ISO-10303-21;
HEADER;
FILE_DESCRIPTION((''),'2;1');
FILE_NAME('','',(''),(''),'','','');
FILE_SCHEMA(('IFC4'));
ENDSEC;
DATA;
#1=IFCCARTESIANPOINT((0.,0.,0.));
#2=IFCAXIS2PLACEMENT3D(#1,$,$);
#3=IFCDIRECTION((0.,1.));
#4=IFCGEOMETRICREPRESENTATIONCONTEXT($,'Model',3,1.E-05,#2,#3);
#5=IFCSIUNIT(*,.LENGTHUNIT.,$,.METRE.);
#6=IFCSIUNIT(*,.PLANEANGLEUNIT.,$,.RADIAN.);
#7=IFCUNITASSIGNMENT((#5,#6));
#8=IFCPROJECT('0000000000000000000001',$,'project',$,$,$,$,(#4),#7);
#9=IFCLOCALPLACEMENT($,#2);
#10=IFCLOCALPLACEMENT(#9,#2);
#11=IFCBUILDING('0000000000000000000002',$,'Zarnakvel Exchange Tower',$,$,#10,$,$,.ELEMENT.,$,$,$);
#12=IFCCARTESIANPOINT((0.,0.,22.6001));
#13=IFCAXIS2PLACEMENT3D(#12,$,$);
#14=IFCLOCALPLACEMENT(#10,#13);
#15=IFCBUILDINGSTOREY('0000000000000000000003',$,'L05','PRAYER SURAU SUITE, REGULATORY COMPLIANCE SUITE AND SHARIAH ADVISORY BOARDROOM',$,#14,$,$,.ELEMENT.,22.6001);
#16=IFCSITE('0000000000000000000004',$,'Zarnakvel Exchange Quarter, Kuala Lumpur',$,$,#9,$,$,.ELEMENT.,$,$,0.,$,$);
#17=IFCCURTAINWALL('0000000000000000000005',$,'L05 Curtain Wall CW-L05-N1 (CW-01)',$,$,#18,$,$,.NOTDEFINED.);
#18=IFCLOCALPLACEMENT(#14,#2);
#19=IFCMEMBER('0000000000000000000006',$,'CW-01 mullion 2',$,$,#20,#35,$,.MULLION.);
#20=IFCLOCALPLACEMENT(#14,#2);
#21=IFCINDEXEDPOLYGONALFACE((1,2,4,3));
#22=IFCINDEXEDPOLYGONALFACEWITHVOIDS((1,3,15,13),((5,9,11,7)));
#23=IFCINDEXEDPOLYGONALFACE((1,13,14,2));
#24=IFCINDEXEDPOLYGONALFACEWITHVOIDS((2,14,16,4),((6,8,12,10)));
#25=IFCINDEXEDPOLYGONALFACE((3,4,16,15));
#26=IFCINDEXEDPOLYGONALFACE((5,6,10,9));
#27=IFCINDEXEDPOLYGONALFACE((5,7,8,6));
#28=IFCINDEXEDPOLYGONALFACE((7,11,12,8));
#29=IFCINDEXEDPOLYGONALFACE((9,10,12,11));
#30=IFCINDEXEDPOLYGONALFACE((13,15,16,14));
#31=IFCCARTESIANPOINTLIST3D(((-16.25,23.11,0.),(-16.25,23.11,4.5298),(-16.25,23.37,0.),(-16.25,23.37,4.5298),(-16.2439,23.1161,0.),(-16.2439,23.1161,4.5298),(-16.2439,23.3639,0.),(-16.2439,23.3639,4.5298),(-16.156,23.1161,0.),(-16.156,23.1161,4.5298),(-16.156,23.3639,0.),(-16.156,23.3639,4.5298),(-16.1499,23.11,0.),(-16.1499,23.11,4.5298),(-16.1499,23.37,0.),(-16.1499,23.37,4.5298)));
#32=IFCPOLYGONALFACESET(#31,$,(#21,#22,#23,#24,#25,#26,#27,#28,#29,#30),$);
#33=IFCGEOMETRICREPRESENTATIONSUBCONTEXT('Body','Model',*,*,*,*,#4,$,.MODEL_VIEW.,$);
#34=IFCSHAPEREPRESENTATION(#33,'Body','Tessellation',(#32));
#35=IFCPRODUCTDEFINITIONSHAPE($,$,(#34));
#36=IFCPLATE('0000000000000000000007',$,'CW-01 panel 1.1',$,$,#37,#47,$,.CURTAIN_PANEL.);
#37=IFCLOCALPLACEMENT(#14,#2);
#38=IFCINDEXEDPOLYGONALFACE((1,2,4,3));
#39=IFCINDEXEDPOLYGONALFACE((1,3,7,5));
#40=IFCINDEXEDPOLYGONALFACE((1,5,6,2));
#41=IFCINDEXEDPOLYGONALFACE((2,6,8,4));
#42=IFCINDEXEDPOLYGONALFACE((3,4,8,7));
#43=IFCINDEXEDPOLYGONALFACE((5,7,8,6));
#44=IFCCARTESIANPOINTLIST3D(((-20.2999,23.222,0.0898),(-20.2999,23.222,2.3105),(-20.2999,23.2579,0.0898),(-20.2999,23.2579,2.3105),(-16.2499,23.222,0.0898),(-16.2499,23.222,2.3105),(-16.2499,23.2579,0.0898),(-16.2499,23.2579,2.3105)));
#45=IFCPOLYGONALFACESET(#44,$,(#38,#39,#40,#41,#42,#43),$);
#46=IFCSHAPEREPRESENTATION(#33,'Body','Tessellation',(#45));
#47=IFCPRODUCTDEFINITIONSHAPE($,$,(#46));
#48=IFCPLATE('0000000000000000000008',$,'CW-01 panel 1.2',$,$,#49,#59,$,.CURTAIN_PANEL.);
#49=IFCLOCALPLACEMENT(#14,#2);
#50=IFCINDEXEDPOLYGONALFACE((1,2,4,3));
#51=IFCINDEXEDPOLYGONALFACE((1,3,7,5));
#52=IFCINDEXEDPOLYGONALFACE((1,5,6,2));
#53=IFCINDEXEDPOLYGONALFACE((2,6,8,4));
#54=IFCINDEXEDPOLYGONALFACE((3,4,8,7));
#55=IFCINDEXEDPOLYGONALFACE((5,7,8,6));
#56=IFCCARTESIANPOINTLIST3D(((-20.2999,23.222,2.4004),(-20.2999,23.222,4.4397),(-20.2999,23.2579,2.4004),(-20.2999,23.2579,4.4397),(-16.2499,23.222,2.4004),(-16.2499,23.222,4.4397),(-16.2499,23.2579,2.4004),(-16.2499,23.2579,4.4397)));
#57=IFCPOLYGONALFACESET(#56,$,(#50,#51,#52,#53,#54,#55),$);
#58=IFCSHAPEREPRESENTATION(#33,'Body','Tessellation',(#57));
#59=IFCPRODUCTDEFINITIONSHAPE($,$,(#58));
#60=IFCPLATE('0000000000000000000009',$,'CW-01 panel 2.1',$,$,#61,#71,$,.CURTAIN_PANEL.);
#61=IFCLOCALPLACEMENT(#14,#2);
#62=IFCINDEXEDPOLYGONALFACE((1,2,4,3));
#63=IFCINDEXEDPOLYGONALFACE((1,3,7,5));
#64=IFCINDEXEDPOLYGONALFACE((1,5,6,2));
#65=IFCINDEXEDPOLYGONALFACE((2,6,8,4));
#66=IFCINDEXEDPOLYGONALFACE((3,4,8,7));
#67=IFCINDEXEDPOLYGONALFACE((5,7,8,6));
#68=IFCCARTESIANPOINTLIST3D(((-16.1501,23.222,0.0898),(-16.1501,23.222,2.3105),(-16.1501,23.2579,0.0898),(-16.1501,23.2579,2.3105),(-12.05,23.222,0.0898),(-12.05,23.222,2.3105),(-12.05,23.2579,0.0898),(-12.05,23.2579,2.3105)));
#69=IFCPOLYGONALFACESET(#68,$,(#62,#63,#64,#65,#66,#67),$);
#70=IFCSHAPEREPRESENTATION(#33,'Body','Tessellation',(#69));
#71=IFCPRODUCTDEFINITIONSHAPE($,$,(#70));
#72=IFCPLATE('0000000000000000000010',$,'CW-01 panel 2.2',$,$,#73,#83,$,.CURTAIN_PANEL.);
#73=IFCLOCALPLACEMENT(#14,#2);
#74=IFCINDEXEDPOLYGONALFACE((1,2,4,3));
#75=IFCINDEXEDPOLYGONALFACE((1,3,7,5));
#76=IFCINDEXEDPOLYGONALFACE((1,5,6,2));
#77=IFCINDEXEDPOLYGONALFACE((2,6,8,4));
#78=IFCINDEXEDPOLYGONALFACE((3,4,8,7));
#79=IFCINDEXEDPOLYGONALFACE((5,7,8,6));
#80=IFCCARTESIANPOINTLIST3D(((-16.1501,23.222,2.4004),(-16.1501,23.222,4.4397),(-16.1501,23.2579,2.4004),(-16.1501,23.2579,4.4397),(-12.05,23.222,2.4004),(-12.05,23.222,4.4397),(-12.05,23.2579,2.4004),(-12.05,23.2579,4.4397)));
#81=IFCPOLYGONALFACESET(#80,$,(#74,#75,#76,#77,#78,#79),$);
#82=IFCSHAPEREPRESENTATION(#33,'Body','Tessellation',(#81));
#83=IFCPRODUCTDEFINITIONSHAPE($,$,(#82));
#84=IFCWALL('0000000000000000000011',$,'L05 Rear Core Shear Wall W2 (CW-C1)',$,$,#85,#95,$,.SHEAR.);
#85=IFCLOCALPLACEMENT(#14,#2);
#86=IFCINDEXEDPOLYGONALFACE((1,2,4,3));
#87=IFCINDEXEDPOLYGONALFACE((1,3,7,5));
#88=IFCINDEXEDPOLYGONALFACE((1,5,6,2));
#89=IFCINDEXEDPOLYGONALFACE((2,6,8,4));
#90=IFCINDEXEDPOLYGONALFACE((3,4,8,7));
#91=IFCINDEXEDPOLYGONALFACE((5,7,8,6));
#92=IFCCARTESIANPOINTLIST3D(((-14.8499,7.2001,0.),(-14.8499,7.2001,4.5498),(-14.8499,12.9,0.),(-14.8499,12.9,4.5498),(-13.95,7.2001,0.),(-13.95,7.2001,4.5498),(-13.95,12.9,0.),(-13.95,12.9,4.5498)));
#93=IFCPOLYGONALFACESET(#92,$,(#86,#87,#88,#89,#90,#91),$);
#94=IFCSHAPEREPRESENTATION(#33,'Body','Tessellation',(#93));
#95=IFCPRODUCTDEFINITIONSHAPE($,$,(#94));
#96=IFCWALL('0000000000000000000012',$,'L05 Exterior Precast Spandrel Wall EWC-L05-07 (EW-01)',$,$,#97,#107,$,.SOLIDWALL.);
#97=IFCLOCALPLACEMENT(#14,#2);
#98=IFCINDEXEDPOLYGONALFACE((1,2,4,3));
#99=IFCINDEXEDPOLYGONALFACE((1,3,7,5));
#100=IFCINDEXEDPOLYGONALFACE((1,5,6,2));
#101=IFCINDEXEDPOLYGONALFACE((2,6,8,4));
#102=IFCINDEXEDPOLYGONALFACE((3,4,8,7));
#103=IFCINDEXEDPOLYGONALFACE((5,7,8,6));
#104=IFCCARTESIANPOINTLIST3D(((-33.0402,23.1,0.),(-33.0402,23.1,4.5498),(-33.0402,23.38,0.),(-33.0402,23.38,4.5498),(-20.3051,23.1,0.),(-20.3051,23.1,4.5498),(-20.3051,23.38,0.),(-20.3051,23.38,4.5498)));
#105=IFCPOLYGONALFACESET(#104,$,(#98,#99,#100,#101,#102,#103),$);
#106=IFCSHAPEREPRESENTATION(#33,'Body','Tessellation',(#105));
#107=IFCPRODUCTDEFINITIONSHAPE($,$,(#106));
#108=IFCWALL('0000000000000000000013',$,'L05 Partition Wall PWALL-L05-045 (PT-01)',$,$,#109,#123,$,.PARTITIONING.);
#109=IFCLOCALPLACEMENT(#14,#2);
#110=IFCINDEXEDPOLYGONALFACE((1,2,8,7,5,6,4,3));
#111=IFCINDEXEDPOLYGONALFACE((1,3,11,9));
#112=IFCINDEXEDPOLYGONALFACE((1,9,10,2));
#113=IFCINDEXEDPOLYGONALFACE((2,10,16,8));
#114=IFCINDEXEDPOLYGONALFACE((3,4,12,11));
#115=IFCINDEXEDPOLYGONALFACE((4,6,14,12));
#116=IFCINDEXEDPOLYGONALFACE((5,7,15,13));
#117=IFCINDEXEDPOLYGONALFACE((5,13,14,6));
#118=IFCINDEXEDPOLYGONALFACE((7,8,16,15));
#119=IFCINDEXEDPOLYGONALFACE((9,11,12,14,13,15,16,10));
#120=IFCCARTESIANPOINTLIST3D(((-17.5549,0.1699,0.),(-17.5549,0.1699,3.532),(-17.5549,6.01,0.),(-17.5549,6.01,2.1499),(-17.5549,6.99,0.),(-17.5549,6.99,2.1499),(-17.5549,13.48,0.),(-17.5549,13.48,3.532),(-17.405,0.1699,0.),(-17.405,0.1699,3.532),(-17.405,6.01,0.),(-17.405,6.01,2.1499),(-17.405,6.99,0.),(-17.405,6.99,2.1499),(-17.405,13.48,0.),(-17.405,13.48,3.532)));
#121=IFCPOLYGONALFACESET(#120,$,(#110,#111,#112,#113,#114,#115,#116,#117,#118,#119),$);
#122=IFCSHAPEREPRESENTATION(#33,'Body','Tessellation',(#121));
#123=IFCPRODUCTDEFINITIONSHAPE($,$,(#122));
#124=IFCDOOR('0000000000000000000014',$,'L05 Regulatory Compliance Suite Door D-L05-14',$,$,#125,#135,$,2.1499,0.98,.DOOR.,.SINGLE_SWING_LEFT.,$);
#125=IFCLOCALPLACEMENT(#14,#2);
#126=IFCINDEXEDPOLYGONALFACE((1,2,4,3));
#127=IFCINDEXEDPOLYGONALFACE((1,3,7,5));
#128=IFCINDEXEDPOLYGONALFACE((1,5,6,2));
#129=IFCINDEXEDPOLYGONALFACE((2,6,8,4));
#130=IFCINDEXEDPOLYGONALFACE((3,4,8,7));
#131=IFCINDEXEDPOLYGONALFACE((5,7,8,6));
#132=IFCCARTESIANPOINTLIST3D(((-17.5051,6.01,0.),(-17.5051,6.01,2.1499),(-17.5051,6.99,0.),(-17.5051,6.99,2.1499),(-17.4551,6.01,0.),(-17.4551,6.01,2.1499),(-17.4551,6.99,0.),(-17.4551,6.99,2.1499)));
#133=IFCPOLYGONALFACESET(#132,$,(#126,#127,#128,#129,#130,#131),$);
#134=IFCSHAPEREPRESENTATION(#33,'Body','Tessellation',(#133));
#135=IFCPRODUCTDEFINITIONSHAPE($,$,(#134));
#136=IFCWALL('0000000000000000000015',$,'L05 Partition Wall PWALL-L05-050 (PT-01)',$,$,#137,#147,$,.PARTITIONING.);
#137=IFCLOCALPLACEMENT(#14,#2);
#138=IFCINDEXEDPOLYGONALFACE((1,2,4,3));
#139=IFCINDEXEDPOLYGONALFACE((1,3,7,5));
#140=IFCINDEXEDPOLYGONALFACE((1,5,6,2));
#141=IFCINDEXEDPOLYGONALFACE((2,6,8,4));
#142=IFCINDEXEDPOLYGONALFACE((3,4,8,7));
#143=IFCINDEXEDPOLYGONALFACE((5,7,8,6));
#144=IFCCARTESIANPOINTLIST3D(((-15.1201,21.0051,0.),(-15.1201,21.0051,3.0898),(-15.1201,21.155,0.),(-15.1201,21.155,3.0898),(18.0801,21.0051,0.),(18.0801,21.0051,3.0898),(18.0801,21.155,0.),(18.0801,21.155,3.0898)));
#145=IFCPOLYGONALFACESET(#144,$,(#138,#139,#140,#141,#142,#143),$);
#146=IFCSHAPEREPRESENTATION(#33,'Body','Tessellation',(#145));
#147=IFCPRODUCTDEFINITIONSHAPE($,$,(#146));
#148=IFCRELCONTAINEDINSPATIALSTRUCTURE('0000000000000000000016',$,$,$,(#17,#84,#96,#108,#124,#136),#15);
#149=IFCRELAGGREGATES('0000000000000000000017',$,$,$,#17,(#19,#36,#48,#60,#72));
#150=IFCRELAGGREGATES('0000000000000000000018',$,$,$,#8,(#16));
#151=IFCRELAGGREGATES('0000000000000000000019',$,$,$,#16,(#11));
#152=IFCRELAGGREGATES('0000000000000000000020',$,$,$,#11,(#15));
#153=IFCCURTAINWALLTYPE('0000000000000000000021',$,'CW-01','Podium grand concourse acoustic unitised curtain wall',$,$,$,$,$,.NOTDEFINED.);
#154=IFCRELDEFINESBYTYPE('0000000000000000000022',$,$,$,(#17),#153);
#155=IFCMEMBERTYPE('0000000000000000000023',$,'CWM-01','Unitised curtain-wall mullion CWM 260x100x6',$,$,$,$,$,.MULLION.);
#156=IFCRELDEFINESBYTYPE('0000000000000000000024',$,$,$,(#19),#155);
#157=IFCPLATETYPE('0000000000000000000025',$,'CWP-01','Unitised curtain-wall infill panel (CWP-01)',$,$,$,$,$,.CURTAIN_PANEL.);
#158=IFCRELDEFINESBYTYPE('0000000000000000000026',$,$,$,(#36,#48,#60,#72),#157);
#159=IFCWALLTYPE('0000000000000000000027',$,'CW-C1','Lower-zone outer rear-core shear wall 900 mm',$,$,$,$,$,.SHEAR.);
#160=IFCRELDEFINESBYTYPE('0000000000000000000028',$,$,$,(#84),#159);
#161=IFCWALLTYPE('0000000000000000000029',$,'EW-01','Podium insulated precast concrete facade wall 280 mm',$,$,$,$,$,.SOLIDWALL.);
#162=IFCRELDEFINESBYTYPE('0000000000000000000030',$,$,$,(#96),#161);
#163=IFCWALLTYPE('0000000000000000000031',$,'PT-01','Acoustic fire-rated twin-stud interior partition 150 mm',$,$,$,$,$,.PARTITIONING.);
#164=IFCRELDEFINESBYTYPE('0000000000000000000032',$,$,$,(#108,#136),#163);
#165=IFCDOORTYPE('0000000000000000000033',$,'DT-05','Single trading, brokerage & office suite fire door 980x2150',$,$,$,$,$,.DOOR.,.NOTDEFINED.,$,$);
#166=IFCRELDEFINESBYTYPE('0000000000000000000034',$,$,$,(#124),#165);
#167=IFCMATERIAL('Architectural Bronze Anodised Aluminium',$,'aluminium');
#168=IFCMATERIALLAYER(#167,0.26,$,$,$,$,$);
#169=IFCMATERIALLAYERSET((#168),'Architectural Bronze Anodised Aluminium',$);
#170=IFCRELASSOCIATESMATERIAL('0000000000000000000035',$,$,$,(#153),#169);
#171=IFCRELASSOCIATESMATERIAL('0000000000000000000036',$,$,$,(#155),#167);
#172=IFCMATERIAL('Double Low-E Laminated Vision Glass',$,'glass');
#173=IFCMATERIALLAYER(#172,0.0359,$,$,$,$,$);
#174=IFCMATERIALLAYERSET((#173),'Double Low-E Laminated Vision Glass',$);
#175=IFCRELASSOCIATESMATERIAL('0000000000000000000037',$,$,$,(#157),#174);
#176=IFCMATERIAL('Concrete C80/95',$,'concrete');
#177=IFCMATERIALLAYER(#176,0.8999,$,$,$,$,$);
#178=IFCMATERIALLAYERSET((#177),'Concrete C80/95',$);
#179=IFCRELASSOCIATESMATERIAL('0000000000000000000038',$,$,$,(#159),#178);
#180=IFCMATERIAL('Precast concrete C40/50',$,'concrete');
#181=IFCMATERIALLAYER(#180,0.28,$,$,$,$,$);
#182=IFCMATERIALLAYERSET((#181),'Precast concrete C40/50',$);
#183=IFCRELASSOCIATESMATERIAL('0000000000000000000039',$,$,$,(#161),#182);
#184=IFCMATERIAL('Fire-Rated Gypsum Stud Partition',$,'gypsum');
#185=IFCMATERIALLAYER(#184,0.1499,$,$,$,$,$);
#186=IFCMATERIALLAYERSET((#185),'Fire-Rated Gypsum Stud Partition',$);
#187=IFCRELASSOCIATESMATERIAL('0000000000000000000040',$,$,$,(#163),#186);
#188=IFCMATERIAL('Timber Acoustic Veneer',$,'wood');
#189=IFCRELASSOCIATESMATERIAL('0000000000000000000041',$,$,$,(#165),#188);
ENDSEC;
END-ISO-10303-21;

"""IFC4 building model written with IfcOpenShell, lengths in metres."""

from ifc_helpers import new_model, si_unit, direction, frame, frame_2d, origin, origin_2d, place, context, subcontext, project, spatial, rectangle, hollow_rectangle, extrude, source, transform, mapped, material, layer, layer_set, material_profile, profile_set, type_object, element, fill, aggregate, save


model = new_model("IFC4")

# Units and contexts
model_context = context("Model", 3, precision=1e-05, world=origin(), true_north=direction((0.0, 1.0)))
body_context = subcontext(model_context, "Body", "Model", "MODEL_VIEW")
ifc_project = project(units=[si_unit("LENGTHUNIT", "METRE"), si_unit("PLANEANGLEUNIT", "RADIAN")], contexts=[model_context])

# Site, building, storey
site_placement = place(None, origin())
site = spatial("IfcSite", under=ifc_project, at=site_placement, Name="Zarnakvel Exchange Quarter, Kuala Lumpur", CompositionType="ELEMENT", RefElevation=0.0)
building_placement = place(site_placement, origin())
building = spatial("IfcBuilding", under=site, at=building_placement, Name="Zarnakvel Exchange Tower", CompositionType="ELEMENT")
storey_placement = place(building_placement, frame((0.0, 0.0, 22.6001)))
storey = spatial("IfcBuildingStorey", under=building, at=storey_placement, Name="L05", Description="PRAYER SURAU SUITE, REGULATORY COMPLIANCE SUITE AND SHARIAH ADVISORY BOARDROOM", CompositionType="ELEMENT", Elevation=22.6001)

# Shared definitions
ifc_material_1 = material(Name="Concrete C80/95", Category="concrete")

# Curtain wall, member, plates
ifc_material_2 = material(Name="Architectural Bronze Anodised Aluminium", Category="aluminium")
ifc_layer_1 = layer(ifc_material_2, 0.26)
ifc_layer_set_1 = layer_set([ifc_layer_1], Name="Architectural Bronze Anodised Aluminium")
curtain_wall_type = type_object("IfcCurtainWallType", Name="CW-01", Description="Podium grand concourse acoustic unitised curtain wall", PredefinedType="NOTDEFINED", material=ifc_layer_set_1)
curtain_wall_placement = place(storey_placement, origin())
curtain_wall = element("IfcCurtainWall", 1, at=curtain_wall_placement, inside=storey, type_object=curtain_wall_type, Name="L05 Curtain Wall CW-L05-N1 (CW-01)", PredefinedType="NOTDEFINED")
ifc_material_profile_1 = material_profile(ifc_material_2, hollow_rectangle(XDim=0.26, YDim=0.1001, WallThickness=0.0061, at=origin_2d()))
ifc_profile_set_1 = profile_set([ifc_material_profile_1], Name="Architectural Bronze Anodised Aluminium")
member_type_1 = type_object("IfcMemberType", Name="CWM-01", Description="Unitised curtain-wall mullion CWM 260x100x6", PredefinedType="MULLION", material=ifc_profile_set_1)
shared_shape_1 = source(origin(), body_context, "Body", "SweptSolid", [
    extrude(hollow_rectangle(XDim=0.26, YDim=0.1001, WallThickness=0.0061, at=origin_2d()), origin(), (0.0, 0.0, 1.0), 4.5298),
])
member_1_placement = place(storey_placement, frame((-16.2, 23.24, 0.0), z_axis=(0.0, 0.0, 1.0), x_axis=(0.0, 1.0, 0.0)))
member_1 = element("IfcMember", 2, at=member_1_placement, type_object=member_type_1, Name="CW-01 mullion 2", PredefinedType="MULLION", context=body_context, shape_type="MappedRepresentation", body=[
    mapped(shared_shape_1, transform((0.0, 0.0, 0.0), x_axis=(1.0, 0.0, 0.0), y_axis=(0.0, 1.0, 0.0), z_axis=(0.0, 0.0, 1.0), scale=1.0)),
])
ifc_material_3 = material(Name="Double Low-E Laminated Vision Glass", Category="glass")
ifc_layer_2 = layer(ifc_material_3, 0.0359)
ifc_layer_set_2 = layer_set([ifc_layer_2], Name="Double Low-E Laminated Vision Glass")
plate_type = type_object("IfcPlateType", Name="CWP-01", Description="Unitised curtain-wall infill panel (CWP-01)", PredefinedType="CURTAIN_PANEL", material=ifc_layer_set_2)
shared_shape_2 = source(origin(), body_context, "Body", "SweptSolid", [
    extrude(rectangle(XDim=4.05, YDim=0.0359, at=origin_2d()), origin(), (0.0, 0.0, 1.0), 2.2207),
])
plate_1_placement = place(storey_placement, frame((-18.2749, 23.24, 0.0898), z_axis=(0.0, 0.0, 1.0), x_axis=(1.0, 0.0, 0.0)))
plate_1 = element("IfcPlate", 3, at=plate_1_placement, type_object=plate_type, Name="CW-01 panel 1.1", PredefinedType="CURTAIN_PANEL", context=body_context, shape_type="MappedRepresentation", body=[
    mapped(shared_shape_2, transform((0.0, 0.0, 0.0), x_axis=(1.0, 0.0, 0.0), y_axis=(0.0, 1.0, 0.0), z_axis=(0.0, 0.0, 1.0), scale=1.0)),
])
shared_shape_3 = source(origin(), body_context, "Body", "SweptSolid", [
    extrude(rectangle(XDim=4.05, YDim=0.0359, at=origin_2d()), origin(), (0.0, 0.0, 1.0), 2.0393),
])
plate_2_placement = place(storey_placement, frame((-18.2749, 23.24, 2.4004), z_axis=(0.0, 0.0, 1.0), x_axis=(1.0, 0.0, 0.0)))
plate_2 = element("IfcPlate", 4, at=plate_2_placement, type_object=plate_type, Name="CW-01 panel 1.2", PredefinedType="CURTAIN_PANEL", context=body_context, shape_type="MappedRepresentation", body=[
    mapped(shared_shape_3, transform((0.0, 0.0, 0.0), x_axis=(1.0, 0.0, 0.0), y_axis=(0.0, 1.0, 0.0), z_axis=(0.0, 0.0, 1.0), scale=1.0)),
])
shared_shape_4 = source(origin(), body_context, "Body", "SweptSolid", [
    extrude(rectangle(XDim=4.1001, YDim=0.0359, at=origin_2d()), origin(), (0.0, 0.0, 1.0), 2.2207),
])
plate_3_placement = place(storey_placement, frame((-14.1001, 23.24, 0.0898), z_axis=(0.0, 0.0, 1.0), x_axis=(1.0, 0.0, 0.0)))
plate_3 = element("IfcPlate", 5, at=plate_3_placement, type_object=plate_type, Name="CW-01 panel 2.1", PredefinedType="CURTAIN_PANEL", context=body_context, shape_type="MappedRepresentation", body=[
    mapped(shared_shape_4, transform((0.0, 0.0, 0.0), x_axis=(1.0, 0.0, 0.0), y_axis=(0.0, 1.0, 0.0), z_axis=(0.0, 0.0, 1.0), scale=1.0)),
])
shared_shape_5 = source(origin(), body_context, "Body", "SweptSolid", [
    extrude(rectangle(XDim=4.1001, YDim=0.0359, at=origin_2d()), origin(), (0.0, 0.0, 1.0), 2.0393),
])
plate_4_placement = place(storey_placement, frame((-14.1001, 23.24, 2.4004), z_axis=(0.0, 0.0, 1.0), x_axis=(1.0, 0.0, 0.0)))
plate_4 = element("IfcPlate", 6, at=plate_4_placement, type_object=plate_type, Name="CW-01 panel 2.2", PredefinedType="CURTAIN_PANEL", context=body_context, shape_type="MappedRepresentation", body=[
    mapped(shared_shape_5, transform((0.0, 0.0, 0.0), x_axis=(1.0, 0.0, 0.0), y_axis=(0.0, 1.0, 0.0), z_axis=(0.0, 0.0, 1.0), scale=1.0)),
])
aggregate(curtain_wall, [member_1, plate_1, plate_2, plate_3, plate_4])

# Walls
ifc_layer_3 = layer(ifc_material_1, 0.8999)
ifc_layer_set_3 = layer_set([ifc_layer_3], Name="Concrete C80/95")
wall_type_1 = type_object("IfcWallType", Name="CW-C1", Description="Lower-zone outer rear-core shear wall 900 mm", PredefinedType="SHEAR", material=ifc_layer_set_3)
wall_1_placement = place(storey_placement, frame((-14.3999, 7.2, 0.0), z_axis=(0.0, 0.0, 1.0), x_axis=(0.0, 1.0, 0.0)))
element("IfcWall", 7, at=wall_1_placement, inside=storey, type_object=wall_type_1, Name="L05 Rear Core Shear Wall W2 (CW-C1)", PredefinedType="SHEAR", context=body_context, shape_type="SweptSolid", body=[
    extrude(rectangle(XDim=5.7, YDim=0.8999, at=frame_2d((2.8501, 0.0))), origin(), (0.0, 0.0, 1.0), 4.5498),
])
ifc_material_4 = material(Name="Precast concrete C40/50", Category="concrete")
ifc_layer_4 = layer(ifc_material_4, 0.28)
ifc_layer_set_4 = layer_set([ifc_layer_4], Name="Precast concrete C40/50")
wall_type_2 = type_object("IfcWallType", Name="EW-01", Description="Podium insulated precast concrete facade wall 280 mm", PredefinedType="SOLIDWALL", material=ifc_layer_set_4)
wall_2_placement = place(storey_placement, frame((-20.3049, 23.24, 0.0), z_axis=(0.0, 0.0, 1.0), x_axis=(-1.0, 0.0, 0.0)))
element("IfcWall", 8, at=wall_2_placement, inside=storey, type_object=wall_type_2, Name="L05 Exterior Precast Spandrel Wall EWC-L05-07 (EW-01)", PredefinedType="SOLIDWALL", context=body_context, shape_type="SweptSolid", body=[
    extrude(rectangle(XDim=12.7351, YDim=0.28, at=frame_2d((6.3677, 0.0))), origin(), (0.0, 0.0, 1.0), 4.5498),
])

# Wall, opening, door
ifc_material_5 = material(Name="Fire-Rated Gypsum Stud Partition", Category="gypsum")
ifc_layer_5 = layer(ifc_material_5, 0.1499)
ifc_layer_set_5 = layer_set([ifc_layer_5], Name="Fire-Rated Gypsum Stud Partition")
wall_type_3 = type_object("IfcWallType", Name="PT-01", Description="Acoustic fire-rated twin-stud interior partition 150 mm", PredefinedType="PARTITIONING", material=ifc_layer_set_5)
wall_3_placement = place(storey_placement, frame((-17.48, 13.48, 0.0), z_axis=(0.0, 0.0, 1.0), x_axis=(0.0, -1.0, 0.0)))
wall_3 = element("IfcWall", 9, at=wall_3_placement, inside=storey, type_object=wall_type_3, Name="L05 Partition Wall PWALL-L05-045 (PT-01)", PredefinedType="PARTITIONING", context=body_context, shape_type="SweptSolid", body=[
    extrude(rectangle(XDim=13.3101, YDim=0.1499, at=frame_2d((6.655, 0.0))), origin(), (0.0, 0.0, 1.0), 3.532),
])
opening_1_placement = place(wall_3_placement, frame((6.49, 0.0, 0.0)))
opening_1 = element("IfcOpeningElement", 10, at=opening_1_placement, cuts=wall_3, PredefinedType="OPENING", context=body_context, shape_type="SweptSolid", body=[
    extrude(rectangle(XDim=0.98, YDim=2.1499, at=frame_2d((0.49, 1.075))), frame((0.0, 0.085, 0.0), z_axis=(0.0, -1.0, 0.0), x_axis=(1.0, 0.0, 0.0)), (0.0, 0.0, 1.0), 0.1699),
])
ifc_material_6 = material(Name="Timber Acoustic Veneer", Category="wood")
door_type = type_object("IfcDoorType", Name="DT-05", Description="Single trading, brokerage & office suite fire door 980x2150", OperationType="NOTDEFINED", PredefinedType="DOOR", material=ifc_material_6)
shared_shape_6 = source(origin(), body_context, "Body", "SweptSolid", [
    extrude(rectangle(XDim=0.98, YDim=2.1499, at=frame_2d((0.49, 1.075))), frame((0.0, 0.0249, 0.0), z_axis=(0.0, -1.0, 0.0), x_axis=(1.0, 0.0, 0.0)), (0.0, 0.0, 1.0), 0.05),
])
door_1_placement = place(opening_1_placement, origin())
door_1 = element("IfcDoor", 11, at=door_1_placement, inside=storey, type_object=door_type, Name="L05 Regulatory Compliance Suite Door D-L05-14", OperationType="SINGLE_SWING_LEFT", OverallHeight=2.1499, OverallWidth=0.98, PredefinedType="DOOR", context=body_context, shape_type="MappedRepresentation", body=[
    mapped(shared_shape_6, transform((0.0, 0.0, 0.0), x_axis=(1.0, 0.0, 0.0), y_axis=(0.0, 1.0, 0.0), z_axis=(0.0, 0.0, 1.0), scale=1.0)),
])
fill(opening_1, door_1)

# Wall
wall_4_placement = place(storey_placement, frame((-15.1201, 21.0801, 0.0), z_axis=(0.0, 0.0, 1.0), x_axis=(1.0, 0.0, 0.0)))
element("IfcWall", 12, at=wall_4_placement, inside=storey, type_object=wall_type_3, Name="L05 Partition Wall PWALL-L05-050 (PT-01)", PredefinedType="PARTITIONING", context=body_context, shape_type="SweptSolid", body=[
    extrude(rectangle(XDim=33.2002, YDim=0.1499, at=frame_2d((16.6001, 0.0))), origin(), (0.0, 0.0, 1.0), 3.0898),
])

save(model, "model.ifc")
